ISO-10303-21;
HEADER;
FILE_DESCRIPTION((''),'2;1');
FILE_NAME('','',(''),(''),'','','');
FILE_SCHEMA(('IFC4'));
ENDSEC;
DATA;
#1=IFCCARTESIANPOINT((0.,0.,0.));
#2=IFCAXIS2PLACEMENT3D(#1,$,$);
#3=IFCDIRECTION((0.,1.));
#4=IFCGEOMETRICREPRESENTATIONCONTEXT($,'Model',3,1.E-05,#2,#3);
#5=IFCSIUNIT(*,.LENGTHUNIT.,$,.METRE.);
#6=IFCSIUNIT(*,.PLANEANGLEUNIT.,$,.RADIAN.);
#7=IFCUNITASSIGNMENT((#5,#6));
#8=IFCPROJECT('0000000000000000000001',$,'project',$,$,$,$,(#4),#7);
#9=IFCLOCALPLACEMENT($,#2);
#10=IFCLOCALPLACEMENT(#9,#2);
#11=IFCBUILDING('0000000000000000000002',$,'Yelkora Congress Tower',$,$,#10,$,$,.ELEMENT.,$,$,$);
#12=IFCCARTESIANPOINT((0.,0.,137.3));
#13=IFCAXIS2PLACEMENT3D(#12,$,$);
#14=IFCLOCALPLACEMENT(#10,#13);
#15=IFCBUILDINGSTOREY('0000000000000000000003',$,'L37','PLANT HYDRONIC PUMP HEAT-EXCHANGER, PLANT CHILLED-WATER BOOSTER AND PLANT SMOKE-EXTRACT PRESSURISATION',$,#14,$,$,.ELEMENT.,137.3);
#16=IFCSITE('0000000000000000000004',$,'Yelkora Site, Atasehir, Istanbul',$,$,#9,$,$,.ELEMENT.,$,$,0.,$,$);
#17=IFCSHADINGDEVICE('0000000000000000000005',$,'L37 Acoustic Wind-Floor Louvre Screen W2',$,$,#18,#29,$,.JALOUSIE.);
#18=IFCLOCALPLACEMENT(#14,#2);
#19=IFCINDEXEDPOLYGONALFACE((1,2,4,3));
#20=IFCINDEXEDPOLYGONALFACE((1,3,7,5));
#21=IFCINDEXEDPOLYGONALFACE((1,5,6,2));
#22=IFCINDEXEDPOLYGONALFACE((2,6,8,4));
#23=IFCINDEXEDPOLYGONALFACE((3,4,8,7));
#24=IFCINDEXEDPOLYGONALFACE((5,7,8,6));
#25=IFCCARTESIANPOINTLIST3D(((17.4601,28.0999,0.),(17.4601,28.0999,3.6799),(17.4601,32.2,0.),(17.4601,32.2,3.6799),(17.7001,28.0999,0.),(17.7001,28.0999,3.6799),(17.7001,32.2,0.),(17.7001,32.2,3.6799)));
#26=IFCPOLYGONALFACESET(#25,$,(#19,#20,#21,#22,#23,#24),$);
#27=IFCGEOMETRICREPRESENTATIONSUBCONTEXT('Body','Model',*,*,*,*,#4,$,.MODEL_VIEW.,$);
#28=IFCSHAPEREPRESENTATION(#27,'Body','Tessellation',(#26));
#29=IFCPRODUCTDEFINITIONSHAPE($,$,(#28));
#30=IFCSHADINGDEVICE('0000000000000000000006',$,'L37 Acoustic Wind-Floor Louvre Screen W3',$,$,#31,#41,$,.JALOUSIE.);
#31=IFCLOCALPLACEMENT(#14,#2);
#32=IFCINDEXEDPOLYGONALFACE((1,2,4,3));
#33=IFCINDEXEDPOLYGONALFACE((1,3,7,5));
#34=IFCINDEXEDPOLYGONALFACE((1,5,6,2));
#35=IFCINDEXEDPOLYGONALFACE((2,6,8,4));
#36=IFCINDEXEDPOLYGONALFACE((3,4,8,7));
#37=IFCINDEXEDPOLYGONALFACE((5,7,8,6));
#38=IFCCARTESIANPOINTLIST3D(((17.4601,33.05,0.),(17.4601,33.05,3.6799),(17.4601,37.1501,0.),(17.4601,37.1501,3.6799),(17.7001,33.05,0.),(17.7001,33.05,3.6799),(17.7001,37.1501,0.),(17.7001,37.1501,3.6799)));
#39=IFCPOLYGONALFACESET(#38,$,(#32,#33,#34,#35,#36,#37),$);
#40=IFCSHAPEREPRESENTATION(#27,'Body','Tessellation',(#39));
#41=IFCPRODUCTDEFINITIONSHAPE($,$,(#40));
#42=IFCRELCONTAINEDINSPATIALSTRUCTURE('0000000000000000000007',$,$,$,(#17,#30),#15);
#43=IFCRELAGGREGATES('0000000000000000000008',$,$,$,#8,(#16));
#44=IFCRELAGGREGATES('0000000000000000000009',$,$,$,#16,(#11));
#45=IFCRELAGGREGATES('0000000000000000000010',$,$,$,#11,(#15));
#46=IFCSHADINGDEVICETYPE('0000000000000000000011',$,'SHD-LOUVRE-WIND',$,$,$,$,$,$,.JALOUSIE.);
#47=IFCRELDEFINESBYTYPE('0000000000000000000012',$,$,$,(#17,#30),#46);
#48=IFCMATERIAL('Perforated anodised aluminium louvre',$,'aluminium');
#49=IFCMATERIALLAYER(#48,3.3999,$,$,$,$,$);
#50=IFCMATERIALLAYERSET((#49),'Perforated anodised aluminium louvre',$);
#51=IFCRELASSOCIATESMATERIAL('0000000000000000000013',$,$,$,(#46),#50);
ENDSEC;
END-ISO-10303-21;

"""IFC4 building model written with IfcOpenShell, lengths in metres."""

from ifc_helpers import new_model, si_unit, direction, frame, origin, origin_2d, place, context, subcontext, project, spatial, rectangle, extrude, material, layer, layer_set, type_object, element, save


model = new_model("IFC4")

# Units and contexts
model_context = context("Model", 3, precision=1e-05, world=origin(), true_north=direction((0.0, 1.0)))
body_context = subcontext(model_context, "Body", "Model", "MODEL_VIEW")
ifc_project = project(units=[si_unit("LENGTHUNIT", "METRE"), si_unit("PLANEANGLEUNIT", "RADIAN")], contexts=[model_context])

# Site, building, storey
site_placement = place(None, origin())
site = spatial("IfcSite", under=ifc_project, at=site_placement, Name="Yelkora Site, Atasehir, Istanbul", CompositionType="ELEMENT", RefElevation=0.0)
building_placement = place(site_placement, origin())
building = spatial("IfcBuilding", under=site, at=building_placement, Name="Yelkora Congress Tower", CompositionType="ELEMENT")
storey_placement = place(building_placement, frame((0.0, 0.0, 137.3)))
storey = spatial("IfcBuildingStorey", under=building, at=storey_placement, Name="L37", Description="PLANT HYDRONIC PUMP HEAT-EXCHANGER, PLANT CHILLED-WATER BOOSTER AND PLANT SMOKE-EXTRACT PRESSURISATION", CompositionType="ELEMENT", Elevation=137.3)

# Shading devices
ifc_material_1 = material(Name="Perforated anodised aluminium louvre", Category="aluminium")
ifc_layer_1 = layer(ifc_material_1, 3.3999)
ifc_layer_set_1 = layer_set([ifc_layer_1], Name="Perforated anodised aluminium louvre")
shading_device_type = type_object("IfcShadingDeviceType", Name="SHD-LOUVRE-WIND", PredefinedType="JALOUSIE", material=ifc_layer_set_1)
for number, where, z_axis, x_axis, name in (
    (1, (17.5801, 30.1499, 0.0), (0.0, 0.0, 1.0), (1.0, 0.0, 0.0), "L37 Acoustic Wind-Floor Louvre Screen W2"),
    (2, (17.5801, 35.1001, 0.0), (0.0, 0.0, 1.0), (1.0, 0.0, 0.0), "L37 Acoustic Wind-Floor Louvre Screen W3"),
):
    element("IfcShadingDevice", number, at=place(storey_placement, frame(where, z_axis=z_axis, x_axis=x_axis)), inside=storey, type_object=shading_device_type, Name=name, PredefinedType="JALOUSIE", context=body_context, shape_type="SweptSolid", body=[
        extrude(rectangle(XDim=0.24, YDim=4.1001, at=origin_2d()), origin(), (0.0, 0.0, 1.0), 3.6799),
    ])

save(model, "model.ifc")
